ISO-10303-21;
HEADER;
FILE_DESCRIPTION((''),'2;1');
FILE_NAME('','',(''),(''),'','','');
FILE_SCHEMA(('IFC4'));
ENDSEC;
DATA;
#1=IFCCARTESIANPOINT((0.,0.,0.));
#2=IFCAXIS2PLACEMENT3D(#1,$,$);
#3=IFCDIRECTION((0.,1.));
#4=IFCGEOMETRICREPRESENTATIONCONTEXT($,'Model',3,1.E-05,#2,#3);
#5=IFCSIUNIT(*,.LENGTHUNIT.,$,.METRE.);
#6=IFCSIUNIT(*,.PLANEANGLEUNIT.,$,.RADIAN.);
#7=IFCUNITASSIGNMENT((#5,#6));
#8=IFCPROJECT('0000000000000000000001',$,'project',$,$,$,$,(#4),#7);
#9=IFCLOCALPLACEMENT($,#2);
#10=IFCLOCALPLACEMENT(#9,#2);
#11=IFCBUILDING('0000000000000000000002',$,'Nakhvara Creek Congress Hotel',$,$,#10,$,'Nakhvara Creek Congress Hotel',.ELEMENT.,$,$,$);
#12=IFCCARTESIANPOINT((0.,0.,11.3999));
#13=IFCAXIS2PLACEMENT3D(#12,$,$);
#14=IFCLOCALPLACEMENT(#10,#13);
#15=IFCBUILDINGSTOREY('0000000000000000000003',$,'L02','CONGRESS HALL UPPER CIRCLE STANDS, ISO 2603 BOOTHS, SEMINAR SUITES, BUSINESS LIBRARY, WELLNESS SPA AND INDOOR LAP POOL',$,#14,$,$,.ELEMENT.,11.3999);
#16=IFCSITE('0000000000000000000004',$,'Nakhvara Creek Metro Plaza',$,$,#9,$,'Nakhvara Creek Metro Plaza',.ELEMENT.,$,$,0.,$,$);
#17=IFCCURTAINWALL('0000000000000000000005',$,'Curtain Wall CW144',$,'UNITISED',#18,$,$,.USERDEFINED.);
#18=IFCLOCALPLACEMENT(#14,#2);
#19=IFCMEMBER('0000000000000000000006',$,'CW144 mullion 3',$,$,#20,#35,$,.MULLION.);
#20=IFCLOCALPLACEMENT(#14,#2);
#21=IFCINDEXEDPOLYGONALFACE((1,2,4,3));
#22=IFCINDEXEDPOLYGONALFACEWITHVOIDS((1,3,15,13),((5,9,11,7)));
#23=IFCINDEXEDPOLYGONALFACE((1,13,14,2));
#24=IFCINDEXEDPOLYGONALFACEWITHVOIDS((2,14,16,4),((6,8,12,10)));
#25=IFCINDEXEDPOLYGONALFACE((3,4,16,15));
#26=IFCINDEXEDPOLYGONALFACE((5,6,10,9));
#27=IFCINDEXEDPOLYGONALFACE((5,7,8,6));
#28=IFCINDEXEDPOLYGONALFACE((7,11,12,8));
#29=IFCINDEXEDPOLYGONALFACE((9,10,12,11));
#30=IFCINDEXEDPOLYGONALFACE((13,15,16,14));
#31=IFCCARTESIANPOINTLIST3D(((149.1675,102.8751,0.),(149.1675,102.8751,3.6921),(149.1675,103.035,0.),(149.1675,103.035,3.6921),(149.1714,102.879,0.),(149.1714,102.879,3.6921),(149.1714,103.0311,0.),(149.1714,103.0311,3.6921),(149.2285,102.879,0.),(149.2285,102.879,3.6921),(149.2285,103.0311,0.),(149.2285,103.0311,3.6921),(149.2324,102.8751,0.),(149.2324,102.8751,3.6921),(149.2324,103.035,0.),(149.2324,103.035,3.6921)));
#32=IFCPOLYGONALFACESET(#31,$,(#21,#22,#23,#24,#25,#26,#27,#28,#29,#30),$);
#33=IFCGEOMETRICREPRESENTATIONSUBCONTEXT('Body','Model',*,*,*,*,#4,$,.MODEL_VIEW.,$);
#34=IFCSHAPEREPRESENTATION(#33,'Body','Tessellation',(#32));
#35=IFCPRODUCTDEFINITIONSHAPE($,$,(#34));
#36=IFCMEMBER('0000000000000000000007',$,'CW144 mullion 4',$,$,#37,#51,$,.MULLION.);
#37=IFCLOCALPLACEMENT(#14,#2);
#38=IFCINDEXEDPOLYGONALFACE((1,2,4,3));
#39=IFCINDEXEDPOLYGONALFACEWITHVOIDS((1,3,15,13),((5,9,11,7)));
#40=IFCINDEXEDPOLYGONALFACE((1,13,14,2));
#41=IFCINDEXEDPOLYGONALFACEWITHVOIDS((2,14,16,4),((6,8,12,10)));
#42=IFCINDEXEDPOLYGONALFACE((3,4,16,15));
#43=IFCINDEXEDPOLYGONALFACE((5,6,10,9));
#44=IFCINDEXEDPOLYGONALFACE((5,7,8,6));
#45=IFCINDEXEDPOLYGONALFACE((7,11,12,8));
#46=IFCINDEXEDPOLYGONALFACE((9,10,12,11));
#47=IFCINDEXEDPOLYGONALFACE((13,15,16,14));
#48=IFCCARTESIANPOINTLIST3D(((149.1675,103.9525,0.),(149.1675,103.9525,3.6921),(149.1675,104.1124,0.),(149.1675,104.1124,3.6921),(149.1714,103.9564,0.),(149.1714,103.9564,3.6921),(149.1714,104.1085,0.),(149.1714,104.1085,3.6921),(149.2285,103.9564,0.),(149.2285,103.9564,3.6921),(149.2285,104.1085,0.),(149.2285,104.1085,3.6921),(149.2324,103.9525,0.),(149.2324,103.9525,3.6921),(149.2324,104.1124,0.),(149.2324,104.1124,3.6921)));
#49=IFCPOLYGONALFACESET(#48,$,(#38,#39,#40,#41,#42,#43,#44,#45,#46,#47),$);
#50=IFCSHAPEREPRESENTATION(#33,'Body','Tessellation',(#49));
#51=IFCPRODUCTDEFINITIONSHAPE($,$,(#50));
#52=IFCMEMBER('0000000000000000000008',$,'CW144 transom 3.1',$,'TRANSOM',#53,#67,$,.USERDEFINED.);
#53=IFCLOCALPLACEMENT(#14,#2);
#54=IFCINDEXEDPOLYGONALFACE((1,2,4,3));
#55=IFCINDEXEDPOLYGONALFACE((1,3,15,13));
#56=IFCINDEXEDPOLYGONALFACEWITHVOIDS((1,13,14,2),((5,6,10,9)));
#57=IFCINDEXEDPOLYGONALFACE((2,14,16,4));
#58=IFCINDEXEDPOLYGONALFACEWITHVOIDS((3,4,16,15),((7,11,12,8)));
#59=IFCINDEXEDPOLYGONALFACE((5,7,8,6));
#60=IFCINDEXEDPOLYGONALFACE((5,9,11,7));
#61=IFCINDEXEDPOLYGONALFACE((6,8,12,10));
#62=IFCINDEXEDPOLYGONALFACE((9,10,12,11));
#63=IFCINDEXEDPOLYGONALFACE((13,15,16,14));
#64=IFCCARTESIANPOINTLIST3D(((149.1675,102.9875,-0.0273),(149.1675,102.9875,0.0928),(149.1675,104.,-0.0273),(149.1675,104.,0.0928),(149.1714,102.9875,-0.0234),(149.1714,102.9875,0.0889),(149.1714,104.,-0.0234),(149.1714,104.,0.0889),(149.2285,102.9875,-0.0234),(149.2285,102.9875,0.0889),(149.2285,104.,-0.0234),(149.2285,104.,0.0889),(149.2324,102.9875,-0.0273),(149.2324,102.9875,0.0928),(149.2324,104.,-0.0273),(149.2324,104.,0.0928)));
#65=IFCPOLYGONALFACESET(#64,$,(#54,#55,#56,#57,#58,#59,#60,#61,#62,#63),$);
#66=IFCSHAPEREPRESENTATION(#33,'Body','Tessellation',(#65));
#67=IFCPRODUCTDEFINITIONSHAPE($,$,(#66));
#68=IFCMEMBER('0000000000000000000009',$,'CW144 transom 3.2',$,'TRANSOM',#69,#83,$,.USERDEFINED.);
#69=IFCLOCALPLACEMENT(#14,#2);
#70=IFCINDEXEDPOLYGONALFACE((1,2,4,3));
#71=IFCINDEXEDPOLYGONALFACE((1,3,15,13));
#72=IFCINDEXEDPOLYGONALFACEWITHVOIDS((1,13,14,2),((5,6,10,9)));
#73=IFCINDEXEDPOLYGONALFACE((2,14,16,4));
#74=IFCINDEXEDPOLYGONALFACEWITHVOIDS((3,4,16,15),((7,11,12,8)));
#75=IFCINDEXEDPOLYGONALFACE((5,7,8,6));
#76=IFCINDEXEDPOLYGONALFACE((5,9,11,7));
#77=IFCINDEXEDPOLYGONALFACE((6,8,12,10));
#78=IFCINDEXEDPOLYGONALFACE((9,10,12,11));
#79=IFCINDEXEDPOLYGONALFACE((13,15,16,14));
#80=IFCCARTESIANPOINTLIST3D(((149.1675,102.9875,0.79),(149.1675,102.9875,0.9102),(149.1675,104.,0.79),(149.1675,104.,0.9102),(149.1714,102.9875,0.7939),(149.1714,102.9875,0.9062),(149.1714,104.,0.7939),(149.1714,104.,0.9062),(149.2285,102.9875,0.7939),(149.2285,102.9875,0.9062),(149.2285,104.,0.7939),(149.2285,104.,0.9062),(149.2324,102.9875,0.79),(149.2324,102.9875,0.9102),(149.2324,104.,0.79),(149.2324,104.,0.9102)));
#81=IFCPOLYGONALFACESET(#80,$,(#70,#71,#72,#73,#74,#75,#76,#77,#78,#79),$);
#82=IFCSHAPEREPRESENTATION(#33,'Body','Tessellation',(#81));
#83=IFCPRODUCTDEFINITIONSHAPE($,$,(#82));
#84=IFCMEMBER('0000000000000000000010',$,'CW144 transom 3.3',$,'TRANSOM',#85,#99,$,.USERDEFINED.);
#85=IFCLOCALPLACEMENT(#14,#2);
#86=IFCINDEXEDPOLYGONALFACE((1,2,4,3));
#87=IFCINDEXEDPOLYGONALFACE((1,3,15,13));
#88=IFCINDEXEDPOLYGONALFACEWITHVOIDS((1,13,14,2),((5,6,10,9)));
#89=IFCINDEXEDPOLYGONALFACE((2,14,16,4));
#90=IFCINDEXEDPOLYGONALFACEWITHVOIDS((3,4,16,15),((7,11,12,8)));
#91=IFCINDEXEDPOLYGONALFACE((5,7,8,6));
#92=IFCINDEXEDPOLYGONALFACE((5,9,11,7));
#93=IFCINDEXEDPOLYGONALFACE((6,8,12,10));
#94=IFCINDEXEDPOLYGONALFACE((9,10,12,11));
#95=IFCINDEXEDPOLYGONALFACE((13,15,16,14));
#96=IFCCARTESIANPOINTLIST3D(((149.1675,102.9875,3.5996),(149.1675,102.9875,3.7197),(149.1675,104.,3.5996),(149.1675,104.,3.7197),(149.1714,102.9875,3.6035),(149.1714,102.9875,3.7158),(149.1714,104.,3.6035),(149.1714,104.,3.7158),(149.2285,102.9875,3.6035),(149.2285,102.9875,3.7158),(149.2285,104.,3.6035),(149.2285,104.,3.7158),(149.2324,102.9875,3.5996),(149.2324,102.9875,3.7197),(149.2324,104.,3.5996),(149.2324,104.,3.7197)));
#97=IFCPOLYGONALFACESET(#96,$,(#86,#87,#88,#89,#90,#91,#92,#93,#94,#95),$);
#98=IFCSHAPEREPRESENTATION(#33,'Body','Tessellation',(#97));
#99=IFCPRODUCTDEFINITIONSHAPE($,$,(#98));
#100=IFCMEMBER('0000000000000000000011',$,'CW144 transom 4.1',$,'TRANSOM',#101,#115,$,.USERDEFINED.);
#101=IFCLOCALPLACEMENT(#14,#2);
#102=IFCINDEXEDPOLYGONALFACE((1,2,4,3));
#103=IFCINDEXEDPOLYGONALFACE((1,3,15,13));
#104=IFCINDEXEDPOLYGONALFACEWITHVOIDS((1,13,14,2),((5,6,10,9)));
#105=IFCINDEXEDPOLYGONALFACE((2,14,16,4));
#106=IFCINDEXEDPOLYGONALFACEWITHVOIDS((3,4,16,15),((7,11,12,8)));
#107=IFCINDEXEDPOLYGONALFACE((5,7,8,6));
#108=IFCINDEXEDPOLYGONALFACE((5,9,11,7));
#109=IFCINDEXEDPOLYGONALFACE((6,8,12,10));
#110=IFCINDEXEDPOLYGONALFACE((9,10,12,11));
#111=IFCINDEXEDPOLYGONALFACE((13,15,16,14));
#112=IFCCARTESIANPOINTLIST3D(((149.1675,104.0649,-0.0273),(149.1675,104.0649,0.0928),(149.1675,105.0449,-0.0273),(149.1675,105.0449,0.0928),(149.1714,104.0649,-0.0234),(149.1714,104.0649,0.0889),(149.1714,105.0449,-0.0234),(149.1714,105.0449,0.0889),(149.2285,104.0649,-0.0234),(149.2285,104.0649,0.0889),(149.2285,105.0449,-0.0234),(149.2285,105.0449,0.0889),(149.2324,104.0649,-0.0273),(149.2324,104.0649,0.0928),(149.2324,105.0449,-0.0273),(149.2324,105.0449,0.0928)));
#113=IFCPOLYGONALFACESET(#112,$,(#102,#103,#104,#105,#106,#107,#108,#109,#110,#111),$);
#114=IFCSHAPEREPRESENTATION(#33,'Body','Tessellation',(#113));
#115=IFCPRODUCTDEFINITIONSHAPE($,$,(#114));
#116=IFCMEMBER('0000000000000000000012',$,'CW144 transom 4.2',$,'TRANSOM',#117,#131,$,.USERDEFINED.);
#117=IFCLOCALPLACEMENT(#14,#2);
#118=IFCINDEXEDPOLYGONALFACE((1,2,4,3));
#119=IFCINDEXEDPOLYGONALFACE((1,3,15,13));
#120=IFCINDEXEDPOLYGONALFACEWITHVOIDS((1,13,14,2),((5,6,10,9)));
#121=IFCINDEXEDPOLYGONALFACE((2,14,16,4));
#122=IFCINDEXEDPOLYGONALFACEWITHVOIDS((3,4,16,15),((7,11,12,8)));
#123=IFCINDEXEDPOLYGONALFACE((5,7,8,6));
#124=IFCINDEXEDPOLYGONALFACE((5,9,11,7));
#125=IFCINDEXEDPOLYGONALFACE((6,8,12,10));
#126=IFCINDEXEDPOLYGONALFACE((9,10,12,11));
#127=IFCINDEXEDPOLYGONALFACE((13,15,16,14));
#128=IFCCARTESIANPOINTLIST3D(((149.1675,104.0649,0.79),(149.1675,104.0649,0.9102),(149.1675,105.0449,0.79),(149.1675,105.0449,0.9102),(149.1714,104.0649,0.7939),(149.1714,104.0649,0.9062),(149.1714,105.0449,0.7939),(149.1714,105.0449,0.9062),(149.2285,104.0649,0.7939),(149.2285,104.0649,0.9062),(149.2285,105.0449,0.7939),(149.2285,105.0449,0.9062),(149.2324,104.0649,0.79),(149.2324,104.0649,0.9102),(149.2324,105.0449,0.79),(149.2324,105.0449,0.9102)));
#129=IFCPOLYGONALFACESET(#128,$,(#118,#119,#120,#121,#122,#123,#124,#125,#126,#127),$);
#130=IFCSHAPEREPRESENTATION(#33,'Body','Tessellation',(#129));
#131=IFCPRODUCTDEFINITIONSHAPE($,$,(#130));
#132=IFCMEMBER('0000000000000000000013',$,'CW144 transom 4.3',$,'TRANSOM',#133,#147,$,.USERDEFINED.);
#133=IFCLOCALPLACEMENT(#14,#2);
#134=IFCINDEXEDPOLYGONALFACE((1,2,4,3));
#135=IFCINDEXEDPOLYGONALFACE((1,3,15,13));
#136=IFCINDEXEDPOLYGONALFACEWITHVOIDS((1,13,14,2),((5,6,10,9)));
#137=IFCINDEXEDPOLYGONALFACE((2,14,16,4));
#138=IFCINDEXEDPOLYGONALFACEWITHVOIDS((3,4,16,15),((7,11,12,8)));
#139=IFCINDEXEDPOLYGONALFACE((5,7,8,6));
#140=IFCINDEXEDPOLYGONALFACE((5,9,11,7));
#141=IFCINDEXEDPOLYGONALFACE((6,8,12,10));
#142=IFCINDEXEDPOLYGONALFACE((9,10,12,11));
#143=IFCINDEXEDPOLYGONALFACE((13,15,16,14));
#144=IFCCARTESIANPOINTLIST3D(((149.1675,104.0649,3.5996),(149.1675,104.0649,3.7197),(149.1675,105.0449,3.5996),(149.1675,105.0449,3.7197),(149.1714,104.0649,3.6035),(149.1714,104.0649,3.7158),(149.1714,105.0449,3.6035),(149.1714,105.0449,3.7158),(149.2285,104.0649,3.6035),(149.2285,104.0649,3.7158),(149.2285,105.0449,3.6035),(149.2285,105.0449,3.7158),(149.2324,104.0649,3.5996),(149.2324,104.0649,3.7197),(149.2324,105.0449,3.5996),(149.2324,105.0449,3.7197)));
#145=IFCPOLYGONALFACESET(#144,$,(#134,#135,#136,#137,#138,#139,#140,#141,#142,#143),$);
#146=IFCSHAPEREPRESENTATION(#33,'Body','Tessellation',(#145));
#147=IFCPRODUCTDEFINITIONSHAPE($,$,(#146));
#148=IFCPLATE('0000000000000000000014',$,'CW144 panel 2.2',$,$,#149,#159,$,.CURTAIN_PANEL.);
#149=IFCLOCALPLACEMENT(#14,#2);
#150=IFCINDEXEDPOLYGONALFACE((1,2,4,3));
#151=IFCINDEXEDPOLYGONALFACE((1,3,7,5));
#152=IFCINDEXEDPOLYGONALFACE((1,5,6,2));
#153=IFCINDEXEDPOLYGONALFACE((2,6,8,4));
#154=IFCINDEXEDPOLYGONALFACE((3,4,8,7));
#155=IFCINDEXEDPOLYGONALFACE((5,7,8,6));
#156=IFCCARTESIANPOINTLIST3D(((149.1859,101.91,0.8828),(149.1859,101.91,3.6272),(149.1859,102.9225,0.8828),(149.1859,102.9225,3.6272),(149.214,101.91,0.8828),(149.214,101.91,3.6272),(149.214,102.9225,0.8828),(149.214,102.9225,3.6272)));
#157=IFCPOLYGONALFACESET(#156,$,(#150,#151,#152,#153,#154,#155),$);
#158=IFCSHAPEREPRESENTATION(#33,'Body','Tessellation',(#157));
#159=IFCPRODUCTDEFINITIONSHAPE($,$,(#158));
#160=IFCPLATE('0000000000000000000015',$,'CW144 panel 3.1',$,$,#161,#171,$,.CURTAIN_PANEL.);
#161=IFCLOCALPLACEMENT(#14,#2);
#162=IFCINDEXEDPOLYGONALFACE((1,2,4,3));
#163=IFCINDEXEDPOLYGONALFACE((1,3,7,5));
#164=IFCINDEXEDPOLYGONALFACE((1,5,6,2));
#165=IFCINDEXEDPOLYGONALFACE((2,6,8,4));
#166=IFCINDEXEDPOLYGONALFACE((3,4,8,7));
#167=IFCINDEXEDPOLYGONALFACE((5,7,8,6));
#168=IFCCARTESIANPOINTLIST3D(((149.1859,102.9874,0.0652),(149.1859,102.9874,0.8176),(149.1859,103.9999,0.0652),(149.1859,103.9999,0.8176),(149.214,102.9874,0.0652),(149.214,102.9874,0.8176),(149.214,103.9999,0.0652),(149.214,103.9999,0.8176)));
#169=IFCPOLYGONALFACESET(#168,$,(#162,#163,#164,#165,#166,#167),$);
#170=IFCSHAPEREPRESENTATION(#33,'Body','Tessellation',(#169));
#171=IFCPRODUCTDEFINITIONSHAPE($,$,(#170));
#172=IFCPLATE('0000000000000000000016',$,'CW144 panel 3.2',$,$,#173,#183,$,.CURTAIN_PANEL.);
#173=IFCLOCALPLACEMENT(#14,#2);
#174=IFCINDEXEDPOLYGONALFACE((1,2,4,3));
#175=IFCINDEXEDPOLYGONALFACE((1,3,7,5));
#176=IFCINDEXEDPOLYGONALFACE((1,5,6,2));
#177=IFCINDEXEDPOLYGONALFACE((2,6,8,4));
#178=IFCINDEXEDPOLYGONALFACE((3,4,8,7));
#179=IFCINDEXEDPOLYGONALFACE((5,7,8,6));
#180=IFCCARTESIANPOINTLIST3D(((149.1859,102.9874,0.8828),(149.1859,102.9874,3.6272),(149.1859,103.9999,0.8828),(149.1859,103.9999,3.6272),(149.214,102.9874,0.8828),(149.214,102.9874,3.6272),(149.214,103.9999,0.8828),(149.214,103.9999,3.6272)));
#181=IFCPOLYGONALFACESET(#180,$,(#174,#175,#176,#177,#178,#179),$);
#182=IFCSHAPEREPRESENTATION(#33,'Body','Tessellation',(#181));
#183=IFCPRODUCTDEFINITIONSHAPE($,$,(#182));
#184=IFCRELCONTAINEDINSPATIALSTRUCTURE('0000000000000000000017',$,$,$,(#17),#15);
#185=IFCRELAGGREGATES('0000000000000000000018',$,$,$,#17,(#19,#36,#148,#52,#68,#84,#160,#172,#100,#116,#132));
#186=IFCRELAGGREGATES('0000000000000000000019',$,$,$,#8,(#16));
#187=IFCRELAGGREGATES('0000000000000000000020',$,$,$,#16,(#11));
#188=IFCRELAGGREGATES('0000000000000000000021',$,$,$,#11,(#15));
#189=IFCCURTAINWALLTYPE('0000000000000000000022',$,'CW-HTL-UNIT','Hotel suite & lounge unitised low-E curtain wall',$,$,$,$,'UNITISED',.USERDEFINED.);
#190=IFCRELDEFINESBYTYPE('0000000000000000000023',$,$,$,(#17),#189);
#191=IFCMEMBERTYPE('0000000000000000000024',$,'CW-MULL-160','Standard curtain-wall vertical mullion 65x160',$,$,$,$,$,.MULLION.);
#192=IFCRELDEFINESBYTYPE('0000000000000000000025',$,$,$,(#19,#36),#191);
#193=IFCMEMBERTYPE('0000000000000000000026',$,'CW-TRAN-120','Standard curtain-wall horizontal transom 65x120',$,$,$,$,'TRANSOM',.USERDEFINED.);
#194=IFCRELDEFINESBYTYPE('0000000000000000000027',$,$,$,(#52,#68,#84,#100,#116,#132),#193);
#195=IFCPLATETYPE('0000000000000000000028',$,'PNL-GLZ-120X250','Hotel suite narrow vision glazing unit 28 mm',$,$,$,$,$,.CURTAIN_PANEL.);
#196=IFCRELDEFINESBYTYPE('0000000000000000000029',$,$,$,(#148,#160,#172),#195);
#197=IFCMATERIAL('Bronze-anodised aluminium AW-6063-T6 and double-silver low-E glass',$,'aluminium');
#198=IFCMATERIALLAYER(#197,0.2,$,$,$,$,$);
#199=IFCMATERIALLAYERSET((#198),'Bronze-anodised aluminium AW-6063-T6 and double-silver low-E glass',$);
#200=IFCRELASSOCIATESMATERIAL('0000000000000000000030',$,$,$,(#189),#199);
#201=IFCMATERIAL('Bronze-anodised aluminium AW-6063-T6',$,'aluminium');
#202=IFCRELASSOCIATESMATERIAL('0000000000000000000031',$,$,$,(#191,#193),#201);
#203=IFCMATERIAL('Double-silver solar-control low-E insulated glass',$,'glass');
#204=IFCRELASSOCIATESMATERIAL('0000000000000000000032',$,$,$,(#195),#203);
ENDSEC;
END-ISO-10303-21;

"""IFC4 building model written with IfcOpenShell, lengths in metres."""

from ifc_helpers import new_model, si_unit, direction, frame, origin, origin_2d, place, context, subcontext, project, spatial, rectangle, hollow_rectangle, extrude, material, layer, layer_set, material_profile, profile_set, type_object, element, aggregate, save


model = new_model("IFC4")

# Units and contexts
model_context = context("Model", 3, precision=1e-05, world=origin(), true_north=direction((0.0, 1.0)))
body_context = subcontext(model_context, "Body", "Model", "MODEL_VIEW")
ifc_project = project(units=[si_unit("LENGTHUNIT", "METRE"), si_unit("PLANEANGLEUNIT", "RADIAN")], contexts=[model_context])

# Site, building, storey
site_placement = place(None, origin())
site = spatial("IfcSite", under=ifc_project, at=site_placement, Name="Nakhvara Creek Metro Plaza", LongName="Nakhvara Creek Metro Plaza", CompositionType="ELEMENT", RefElevation=0.0)
building_placement = place(site_placement, origin())
building = spatial("IfcBuilding", under=site, at=building_placement, Name="Nakhvara Creek Congress Hotel", LongName="Nakhvara Creek Congress Hotel", CompositionType="ELEMENT")
storey_placement = place(building_placement, frame((0.0, 0.0, 11.3999)))
storey = spatial("IfcBuildingStorey", under=building, at=storey_placement, Name="L02", Description="CONGRESS HALL UPPER CIRCLE STANDS, ISO 2603 BOOTHS, SEMINAR SUITES, BUSINESS LIBRARY, WELLNESS SPA AND INDOOR LAP POOL", CompositionType="ELEMENT", Elevation=11.3999)

# Curtain wall, members, plates
ifc_material_1 = material(Name="Bronze-anodised aluminium AW-6063-T6 and double-silver low-E glass", Category="aluminium")
ifc_layer_1 = layer(ifc_material_1, 0.2)
ifc_layer_set_1 = layer_set([ifc_layer_1], Name="Bronze-anodised aluminium AW-6063-T6 and double-silver low-E glass")
curtain_wall_type = type_object("IfcCurtainWallType", Name="CW-HTL-UNIT", Description="Hotel suite & lounge unitised low-E curtain wall", ElementType="UNITISED", PredefinedType="USERDEFINED", material=ifc_layer_set_1)
curtain_wall_placement = place(storey_placement, origin())
curtain_wall = element("IfcCurtainWall", 1, at=curtain_wall_placement, inside=storey, type_object=curtain_wall_type, Name="Curtain Wall CW144", ObjectType="UNITISED", PredefinedType="USERDEFINED")
ifc_material_2 = material(Name="Bronze-anodised aluminium AW-6063-T6", Category="aluminium")
ifc_material_profile_1 = material_profile(ifc_material_2, hollow_rectangle(XDim=0.0649, YDim=0.1599, WallThickness=0.0039, at=origin_2d()), Name="ALU-MULL 65x160x4", Category="LoadBearing")
ifc_profile_set_1 = profile_set([ifc_material_profile_1], Name="Bronze-anodised aluminium AW-6063-T6")
member_type_1 = type_object("IfcMemberType", Name="CW-MULL-160", Description="Standard curtain-wall vertical mullion 65x160", PredefinedType="MULLION", material=ifc_profile_set_1)
member_1_placement = place(storey_placement, frame((149.2, 102.9551, 0.0), z_axis=(0.0, 0.0, 1.0), x_axis=(-1.0, 0.0, 0.0)))
member_1 = element("IfcMember", 2, at=member_1_placement, type_object=member_type_1, Name="CW144 mullion 3", PredefinedType="MULLION", context=body_context, shape_type="SweptSolid", body=[
    extrude(hollow_rectangle(XDim=0.0649, YDim=0.1599, WallThickness=0.0039, at=origin_2d()), origin(), (0.0, 0.0, 1.0), 3.6921),
])
member_2_placement = place(storey_placement, frame((149.2, 104.0325, 0.0), z_axis=(0.0, 0.0, 1.0), x_axis=(-1.0, 0.0, 0.0)))
member_2 = element("IfcMember", 3, at=member_2_placement, type_object=member_type_1, Name="CW144 mullion 4", PredefinedType="MULLION", context=body_context, shape_type="SweptSolid", body=[
    extrude(hollow_rectangle(XDim=0.0649, YDim=0.1599, WallThickness=0.0039, at=origin_2d()), origin(), (0.0, 0.0, 1.0), 3.6921),
])
ifc_material_profile_2 = material_profile(ifc_material_2, hollow_rectangle(XDim=0.0649, YDim=0.1201, WallThickness=0.0039, at=origin_2d()), Name="ALU-TRAN 65x120x4", Category="LoadBearing")
ifc_profile_set_2 = profile_set([ifc_material_profile_2], Name="Bronze-anodised aluminium AW-6063-T6")
member_type_2 = type_object("IfcMemberType", Name="CW-TRAN-120", Description="Standard curtain-wall horizontal transom 65x120", ElementType="TRANSOM", PredefinedType="USERDEFINED", material=ifc_profile_set_2)
member_3_placement = place(storey_placement, frame((149.2, 102.9875, 0.0327), z_axis=(0.0, 1.0, 0.0), x_axis=(-1.0, 0.0, 0.0)))
member_3 = element("IfcMember", 4, at=member_3_placement, type_object=member_type_2, Name="CW144 transom 3.1", ObjectType="TRANSOM", PredefinedType="USERDEFINED", context=body_context, shape_type="SweptSolid", body=[
    extrude(hollow_rectangle(XDim=0.0649, YDim=0.1201, WallThickness=0.0039, at=origin_2d()), origin(), (0.0, 0.0, 1.0), 1.0125),
])
member_4_placement = place(storey_placement, frame((149.2, 102.9875, 0.8501), z_axis=(0.0, 1.0, 0.0), x_axis=(-1.0, 0.0, 0.0)))
member_4 = element("IfcMember", 5, at=member_4_placement, type_object=member_type_2, Name="CW144 transom 3.2", ObjectType="TRANSOM", PredefinedType="USERDEFINED", context=body_context, shape_type="SweptSolid", body=[
    extrude(hollow_rectangle(XDim=0.0649, YDim=0.1201, WallThickness=0.0039, at=origin_2d()), origin(), (0.0, 0.0, 1.0), 1.0125),
])
member_5_placement = place(storey_placement, frame((149.2, 102.9875, 3.6597), z_axis=(0.0, 1.0, 0.0), x_axis=(-1.0, 0.0, 0.0)))
member_5 = element("IfcMember", 6, at=member_5_placement, type_object=member_type_2, Name="CW144 transom 3.3", ObjectType="TRANSOM", PredefinedType="USERDEFINED", context=body_context, shape_type="SweptSolid", body=[
    extrude(hollow_rectangle(XDim=0.0649, YDim=0.1201, WallThickness=0.0039, at=origin_2d()), origin(), (0.0, 0.0, 1.0), 1.0125),
])
member_6_placement = place(storey_placement, frame((149.2, 104.0649, 0.0327), z_axis=(0.0, 1.0, 0.0), x_axis=(-1.0, 0.0, 0.0)))
member_6 = element("IfcMember", 7, at=member_6_placement, type_object=member_type_2, Name="CW144 transom 4.1", ObjectType="TRANSOM", PredefinedType="USERDEFINED", context=body_context, shape_type="SweptSolid", body=[
    extrude(hollow_rectangle(XDim=0.0649, YDim=0.1201, WallThickness=0.0039, at=origin_2d()), origin(), (0.0, 0.0, 1.0), 0.98),
])
member_7_placement = place(storey_placement, frame((149.2, 104.0649, 0.8501), z_axis=(0.0, 1.0, 0.0), x_axis=(-1.0, 0.0, 0.0)))
member_7 = element("IfcMember", 8, at=member_7_placement, type_object=member_type_2, Name="CW144 transom 4.2", ObjectType="TRANSOM", PredefinedType="USERDEFINED", context=body_context, shape_type="SweptSolid", body=[
    extrude(hollow_rectangle(XDim=0.0649, YDim=0.1201, WallThickness=0.0039, at=origin_2d()), origin(), (0.0, 0.0, 1.0), 0.98),
])
member_8_placement = place(storey_placement, frame((149.2, 104.0649, 3.6597), z_axis=(0.0, 1.0, 0.0), x_axis=(-1.0, 0.0, 0.0)))
member_8 = element("IfcMember", 9, at=member_8_placement, type_object=member_type_2, Name="CW144 transom 4.3", ObjectType="TRANSOM", PredefinedType="USERDEFINED", context=body_context, shape_type="SweptSolid", body=[
    extrude(hollow_rectangle(XDim=0.0649, YDim=0.1201, WallThickness=0.0039, at=origin_2d()), origin(), (0.0, 0.0, 1.0), 0.98),
])
ifc_material_3 = material(Name="Double-silver solar-control low-E insulated glass", Category="glass")
plate_type = type_object("IfcPlateType", Name="PNL-GLZ-120X250", Description="Hotel suite narrow vision glazing unit 28 mm", PredefinedType="CURTAIN_PANEL", material=ifc_material_3)
plate_1_placement = place(storey_placement, frame((149.2, 102.4163, 0.8828), z_axis=(0.0, 0.0, 1.0), x_axis=(0.0, 1.0, 0.0)))
plate_1 = element("IfcPlate", 10, at=plate_1_placement, type_object=plate_type, Name="CW144 panel 2.2", PredefinedType="CURTAIN_PANEL", context=body_context, shape_type="SweptSolid", body=[
    extrude(rectangle(XDim=1.0125, YDim=0.0281, at=origin_2d()), origin(), (0.0, 0.0, 1.0), 2.7444),
])
plate_2_placement = place(storey_placement, frame((149.2, 103.4937, 0.0652), z_axis=(0.0, 0.0, 1.0), x_axis=(0.0, 1.0, 0.0)))
plate_2 = element("IfcPlate", 11, at=plate_2_placement, type_object=plate_type, Name="CW144 panel 3.1", PredefinedType="CURTAIN_PANEL", context=body_context, shape_type="SweptSolid", body=[
    extrude(rectangle(XDim=1.0125, YDim=0.0281, at=origin_2d()), origin(), (0.0, 0.0, 1.0), 0.7524),
])
plate_3_placement = place(storey_placement, frame((149.2, 103.4937, 0.8828), z_axis=(0.0, 0.0, 1.0), x_axis=(0.0, 1.0, 0.0)))
plate_3 = element("IfcPlate", 12, at=plate_3_placement, type_object=plate_type, Name="CW144 panel 3.2", PredefinedType="CURTAIN_PANEL", context=body_context, shape_type="SweptSolid", body=[
    extrude(rectangle(XDim=1.0125, YDim=0.0281, at=origin_2d()), origin(), (0.0, 0.0, 1.0), 2.7444),
])
aggregate(curtain_wall, [member_1, member_2, plate_1, member_3, member_4, member_5, plate_2, plate_3, member_6, member_7, member_8])

save(model, "model.ifc")
